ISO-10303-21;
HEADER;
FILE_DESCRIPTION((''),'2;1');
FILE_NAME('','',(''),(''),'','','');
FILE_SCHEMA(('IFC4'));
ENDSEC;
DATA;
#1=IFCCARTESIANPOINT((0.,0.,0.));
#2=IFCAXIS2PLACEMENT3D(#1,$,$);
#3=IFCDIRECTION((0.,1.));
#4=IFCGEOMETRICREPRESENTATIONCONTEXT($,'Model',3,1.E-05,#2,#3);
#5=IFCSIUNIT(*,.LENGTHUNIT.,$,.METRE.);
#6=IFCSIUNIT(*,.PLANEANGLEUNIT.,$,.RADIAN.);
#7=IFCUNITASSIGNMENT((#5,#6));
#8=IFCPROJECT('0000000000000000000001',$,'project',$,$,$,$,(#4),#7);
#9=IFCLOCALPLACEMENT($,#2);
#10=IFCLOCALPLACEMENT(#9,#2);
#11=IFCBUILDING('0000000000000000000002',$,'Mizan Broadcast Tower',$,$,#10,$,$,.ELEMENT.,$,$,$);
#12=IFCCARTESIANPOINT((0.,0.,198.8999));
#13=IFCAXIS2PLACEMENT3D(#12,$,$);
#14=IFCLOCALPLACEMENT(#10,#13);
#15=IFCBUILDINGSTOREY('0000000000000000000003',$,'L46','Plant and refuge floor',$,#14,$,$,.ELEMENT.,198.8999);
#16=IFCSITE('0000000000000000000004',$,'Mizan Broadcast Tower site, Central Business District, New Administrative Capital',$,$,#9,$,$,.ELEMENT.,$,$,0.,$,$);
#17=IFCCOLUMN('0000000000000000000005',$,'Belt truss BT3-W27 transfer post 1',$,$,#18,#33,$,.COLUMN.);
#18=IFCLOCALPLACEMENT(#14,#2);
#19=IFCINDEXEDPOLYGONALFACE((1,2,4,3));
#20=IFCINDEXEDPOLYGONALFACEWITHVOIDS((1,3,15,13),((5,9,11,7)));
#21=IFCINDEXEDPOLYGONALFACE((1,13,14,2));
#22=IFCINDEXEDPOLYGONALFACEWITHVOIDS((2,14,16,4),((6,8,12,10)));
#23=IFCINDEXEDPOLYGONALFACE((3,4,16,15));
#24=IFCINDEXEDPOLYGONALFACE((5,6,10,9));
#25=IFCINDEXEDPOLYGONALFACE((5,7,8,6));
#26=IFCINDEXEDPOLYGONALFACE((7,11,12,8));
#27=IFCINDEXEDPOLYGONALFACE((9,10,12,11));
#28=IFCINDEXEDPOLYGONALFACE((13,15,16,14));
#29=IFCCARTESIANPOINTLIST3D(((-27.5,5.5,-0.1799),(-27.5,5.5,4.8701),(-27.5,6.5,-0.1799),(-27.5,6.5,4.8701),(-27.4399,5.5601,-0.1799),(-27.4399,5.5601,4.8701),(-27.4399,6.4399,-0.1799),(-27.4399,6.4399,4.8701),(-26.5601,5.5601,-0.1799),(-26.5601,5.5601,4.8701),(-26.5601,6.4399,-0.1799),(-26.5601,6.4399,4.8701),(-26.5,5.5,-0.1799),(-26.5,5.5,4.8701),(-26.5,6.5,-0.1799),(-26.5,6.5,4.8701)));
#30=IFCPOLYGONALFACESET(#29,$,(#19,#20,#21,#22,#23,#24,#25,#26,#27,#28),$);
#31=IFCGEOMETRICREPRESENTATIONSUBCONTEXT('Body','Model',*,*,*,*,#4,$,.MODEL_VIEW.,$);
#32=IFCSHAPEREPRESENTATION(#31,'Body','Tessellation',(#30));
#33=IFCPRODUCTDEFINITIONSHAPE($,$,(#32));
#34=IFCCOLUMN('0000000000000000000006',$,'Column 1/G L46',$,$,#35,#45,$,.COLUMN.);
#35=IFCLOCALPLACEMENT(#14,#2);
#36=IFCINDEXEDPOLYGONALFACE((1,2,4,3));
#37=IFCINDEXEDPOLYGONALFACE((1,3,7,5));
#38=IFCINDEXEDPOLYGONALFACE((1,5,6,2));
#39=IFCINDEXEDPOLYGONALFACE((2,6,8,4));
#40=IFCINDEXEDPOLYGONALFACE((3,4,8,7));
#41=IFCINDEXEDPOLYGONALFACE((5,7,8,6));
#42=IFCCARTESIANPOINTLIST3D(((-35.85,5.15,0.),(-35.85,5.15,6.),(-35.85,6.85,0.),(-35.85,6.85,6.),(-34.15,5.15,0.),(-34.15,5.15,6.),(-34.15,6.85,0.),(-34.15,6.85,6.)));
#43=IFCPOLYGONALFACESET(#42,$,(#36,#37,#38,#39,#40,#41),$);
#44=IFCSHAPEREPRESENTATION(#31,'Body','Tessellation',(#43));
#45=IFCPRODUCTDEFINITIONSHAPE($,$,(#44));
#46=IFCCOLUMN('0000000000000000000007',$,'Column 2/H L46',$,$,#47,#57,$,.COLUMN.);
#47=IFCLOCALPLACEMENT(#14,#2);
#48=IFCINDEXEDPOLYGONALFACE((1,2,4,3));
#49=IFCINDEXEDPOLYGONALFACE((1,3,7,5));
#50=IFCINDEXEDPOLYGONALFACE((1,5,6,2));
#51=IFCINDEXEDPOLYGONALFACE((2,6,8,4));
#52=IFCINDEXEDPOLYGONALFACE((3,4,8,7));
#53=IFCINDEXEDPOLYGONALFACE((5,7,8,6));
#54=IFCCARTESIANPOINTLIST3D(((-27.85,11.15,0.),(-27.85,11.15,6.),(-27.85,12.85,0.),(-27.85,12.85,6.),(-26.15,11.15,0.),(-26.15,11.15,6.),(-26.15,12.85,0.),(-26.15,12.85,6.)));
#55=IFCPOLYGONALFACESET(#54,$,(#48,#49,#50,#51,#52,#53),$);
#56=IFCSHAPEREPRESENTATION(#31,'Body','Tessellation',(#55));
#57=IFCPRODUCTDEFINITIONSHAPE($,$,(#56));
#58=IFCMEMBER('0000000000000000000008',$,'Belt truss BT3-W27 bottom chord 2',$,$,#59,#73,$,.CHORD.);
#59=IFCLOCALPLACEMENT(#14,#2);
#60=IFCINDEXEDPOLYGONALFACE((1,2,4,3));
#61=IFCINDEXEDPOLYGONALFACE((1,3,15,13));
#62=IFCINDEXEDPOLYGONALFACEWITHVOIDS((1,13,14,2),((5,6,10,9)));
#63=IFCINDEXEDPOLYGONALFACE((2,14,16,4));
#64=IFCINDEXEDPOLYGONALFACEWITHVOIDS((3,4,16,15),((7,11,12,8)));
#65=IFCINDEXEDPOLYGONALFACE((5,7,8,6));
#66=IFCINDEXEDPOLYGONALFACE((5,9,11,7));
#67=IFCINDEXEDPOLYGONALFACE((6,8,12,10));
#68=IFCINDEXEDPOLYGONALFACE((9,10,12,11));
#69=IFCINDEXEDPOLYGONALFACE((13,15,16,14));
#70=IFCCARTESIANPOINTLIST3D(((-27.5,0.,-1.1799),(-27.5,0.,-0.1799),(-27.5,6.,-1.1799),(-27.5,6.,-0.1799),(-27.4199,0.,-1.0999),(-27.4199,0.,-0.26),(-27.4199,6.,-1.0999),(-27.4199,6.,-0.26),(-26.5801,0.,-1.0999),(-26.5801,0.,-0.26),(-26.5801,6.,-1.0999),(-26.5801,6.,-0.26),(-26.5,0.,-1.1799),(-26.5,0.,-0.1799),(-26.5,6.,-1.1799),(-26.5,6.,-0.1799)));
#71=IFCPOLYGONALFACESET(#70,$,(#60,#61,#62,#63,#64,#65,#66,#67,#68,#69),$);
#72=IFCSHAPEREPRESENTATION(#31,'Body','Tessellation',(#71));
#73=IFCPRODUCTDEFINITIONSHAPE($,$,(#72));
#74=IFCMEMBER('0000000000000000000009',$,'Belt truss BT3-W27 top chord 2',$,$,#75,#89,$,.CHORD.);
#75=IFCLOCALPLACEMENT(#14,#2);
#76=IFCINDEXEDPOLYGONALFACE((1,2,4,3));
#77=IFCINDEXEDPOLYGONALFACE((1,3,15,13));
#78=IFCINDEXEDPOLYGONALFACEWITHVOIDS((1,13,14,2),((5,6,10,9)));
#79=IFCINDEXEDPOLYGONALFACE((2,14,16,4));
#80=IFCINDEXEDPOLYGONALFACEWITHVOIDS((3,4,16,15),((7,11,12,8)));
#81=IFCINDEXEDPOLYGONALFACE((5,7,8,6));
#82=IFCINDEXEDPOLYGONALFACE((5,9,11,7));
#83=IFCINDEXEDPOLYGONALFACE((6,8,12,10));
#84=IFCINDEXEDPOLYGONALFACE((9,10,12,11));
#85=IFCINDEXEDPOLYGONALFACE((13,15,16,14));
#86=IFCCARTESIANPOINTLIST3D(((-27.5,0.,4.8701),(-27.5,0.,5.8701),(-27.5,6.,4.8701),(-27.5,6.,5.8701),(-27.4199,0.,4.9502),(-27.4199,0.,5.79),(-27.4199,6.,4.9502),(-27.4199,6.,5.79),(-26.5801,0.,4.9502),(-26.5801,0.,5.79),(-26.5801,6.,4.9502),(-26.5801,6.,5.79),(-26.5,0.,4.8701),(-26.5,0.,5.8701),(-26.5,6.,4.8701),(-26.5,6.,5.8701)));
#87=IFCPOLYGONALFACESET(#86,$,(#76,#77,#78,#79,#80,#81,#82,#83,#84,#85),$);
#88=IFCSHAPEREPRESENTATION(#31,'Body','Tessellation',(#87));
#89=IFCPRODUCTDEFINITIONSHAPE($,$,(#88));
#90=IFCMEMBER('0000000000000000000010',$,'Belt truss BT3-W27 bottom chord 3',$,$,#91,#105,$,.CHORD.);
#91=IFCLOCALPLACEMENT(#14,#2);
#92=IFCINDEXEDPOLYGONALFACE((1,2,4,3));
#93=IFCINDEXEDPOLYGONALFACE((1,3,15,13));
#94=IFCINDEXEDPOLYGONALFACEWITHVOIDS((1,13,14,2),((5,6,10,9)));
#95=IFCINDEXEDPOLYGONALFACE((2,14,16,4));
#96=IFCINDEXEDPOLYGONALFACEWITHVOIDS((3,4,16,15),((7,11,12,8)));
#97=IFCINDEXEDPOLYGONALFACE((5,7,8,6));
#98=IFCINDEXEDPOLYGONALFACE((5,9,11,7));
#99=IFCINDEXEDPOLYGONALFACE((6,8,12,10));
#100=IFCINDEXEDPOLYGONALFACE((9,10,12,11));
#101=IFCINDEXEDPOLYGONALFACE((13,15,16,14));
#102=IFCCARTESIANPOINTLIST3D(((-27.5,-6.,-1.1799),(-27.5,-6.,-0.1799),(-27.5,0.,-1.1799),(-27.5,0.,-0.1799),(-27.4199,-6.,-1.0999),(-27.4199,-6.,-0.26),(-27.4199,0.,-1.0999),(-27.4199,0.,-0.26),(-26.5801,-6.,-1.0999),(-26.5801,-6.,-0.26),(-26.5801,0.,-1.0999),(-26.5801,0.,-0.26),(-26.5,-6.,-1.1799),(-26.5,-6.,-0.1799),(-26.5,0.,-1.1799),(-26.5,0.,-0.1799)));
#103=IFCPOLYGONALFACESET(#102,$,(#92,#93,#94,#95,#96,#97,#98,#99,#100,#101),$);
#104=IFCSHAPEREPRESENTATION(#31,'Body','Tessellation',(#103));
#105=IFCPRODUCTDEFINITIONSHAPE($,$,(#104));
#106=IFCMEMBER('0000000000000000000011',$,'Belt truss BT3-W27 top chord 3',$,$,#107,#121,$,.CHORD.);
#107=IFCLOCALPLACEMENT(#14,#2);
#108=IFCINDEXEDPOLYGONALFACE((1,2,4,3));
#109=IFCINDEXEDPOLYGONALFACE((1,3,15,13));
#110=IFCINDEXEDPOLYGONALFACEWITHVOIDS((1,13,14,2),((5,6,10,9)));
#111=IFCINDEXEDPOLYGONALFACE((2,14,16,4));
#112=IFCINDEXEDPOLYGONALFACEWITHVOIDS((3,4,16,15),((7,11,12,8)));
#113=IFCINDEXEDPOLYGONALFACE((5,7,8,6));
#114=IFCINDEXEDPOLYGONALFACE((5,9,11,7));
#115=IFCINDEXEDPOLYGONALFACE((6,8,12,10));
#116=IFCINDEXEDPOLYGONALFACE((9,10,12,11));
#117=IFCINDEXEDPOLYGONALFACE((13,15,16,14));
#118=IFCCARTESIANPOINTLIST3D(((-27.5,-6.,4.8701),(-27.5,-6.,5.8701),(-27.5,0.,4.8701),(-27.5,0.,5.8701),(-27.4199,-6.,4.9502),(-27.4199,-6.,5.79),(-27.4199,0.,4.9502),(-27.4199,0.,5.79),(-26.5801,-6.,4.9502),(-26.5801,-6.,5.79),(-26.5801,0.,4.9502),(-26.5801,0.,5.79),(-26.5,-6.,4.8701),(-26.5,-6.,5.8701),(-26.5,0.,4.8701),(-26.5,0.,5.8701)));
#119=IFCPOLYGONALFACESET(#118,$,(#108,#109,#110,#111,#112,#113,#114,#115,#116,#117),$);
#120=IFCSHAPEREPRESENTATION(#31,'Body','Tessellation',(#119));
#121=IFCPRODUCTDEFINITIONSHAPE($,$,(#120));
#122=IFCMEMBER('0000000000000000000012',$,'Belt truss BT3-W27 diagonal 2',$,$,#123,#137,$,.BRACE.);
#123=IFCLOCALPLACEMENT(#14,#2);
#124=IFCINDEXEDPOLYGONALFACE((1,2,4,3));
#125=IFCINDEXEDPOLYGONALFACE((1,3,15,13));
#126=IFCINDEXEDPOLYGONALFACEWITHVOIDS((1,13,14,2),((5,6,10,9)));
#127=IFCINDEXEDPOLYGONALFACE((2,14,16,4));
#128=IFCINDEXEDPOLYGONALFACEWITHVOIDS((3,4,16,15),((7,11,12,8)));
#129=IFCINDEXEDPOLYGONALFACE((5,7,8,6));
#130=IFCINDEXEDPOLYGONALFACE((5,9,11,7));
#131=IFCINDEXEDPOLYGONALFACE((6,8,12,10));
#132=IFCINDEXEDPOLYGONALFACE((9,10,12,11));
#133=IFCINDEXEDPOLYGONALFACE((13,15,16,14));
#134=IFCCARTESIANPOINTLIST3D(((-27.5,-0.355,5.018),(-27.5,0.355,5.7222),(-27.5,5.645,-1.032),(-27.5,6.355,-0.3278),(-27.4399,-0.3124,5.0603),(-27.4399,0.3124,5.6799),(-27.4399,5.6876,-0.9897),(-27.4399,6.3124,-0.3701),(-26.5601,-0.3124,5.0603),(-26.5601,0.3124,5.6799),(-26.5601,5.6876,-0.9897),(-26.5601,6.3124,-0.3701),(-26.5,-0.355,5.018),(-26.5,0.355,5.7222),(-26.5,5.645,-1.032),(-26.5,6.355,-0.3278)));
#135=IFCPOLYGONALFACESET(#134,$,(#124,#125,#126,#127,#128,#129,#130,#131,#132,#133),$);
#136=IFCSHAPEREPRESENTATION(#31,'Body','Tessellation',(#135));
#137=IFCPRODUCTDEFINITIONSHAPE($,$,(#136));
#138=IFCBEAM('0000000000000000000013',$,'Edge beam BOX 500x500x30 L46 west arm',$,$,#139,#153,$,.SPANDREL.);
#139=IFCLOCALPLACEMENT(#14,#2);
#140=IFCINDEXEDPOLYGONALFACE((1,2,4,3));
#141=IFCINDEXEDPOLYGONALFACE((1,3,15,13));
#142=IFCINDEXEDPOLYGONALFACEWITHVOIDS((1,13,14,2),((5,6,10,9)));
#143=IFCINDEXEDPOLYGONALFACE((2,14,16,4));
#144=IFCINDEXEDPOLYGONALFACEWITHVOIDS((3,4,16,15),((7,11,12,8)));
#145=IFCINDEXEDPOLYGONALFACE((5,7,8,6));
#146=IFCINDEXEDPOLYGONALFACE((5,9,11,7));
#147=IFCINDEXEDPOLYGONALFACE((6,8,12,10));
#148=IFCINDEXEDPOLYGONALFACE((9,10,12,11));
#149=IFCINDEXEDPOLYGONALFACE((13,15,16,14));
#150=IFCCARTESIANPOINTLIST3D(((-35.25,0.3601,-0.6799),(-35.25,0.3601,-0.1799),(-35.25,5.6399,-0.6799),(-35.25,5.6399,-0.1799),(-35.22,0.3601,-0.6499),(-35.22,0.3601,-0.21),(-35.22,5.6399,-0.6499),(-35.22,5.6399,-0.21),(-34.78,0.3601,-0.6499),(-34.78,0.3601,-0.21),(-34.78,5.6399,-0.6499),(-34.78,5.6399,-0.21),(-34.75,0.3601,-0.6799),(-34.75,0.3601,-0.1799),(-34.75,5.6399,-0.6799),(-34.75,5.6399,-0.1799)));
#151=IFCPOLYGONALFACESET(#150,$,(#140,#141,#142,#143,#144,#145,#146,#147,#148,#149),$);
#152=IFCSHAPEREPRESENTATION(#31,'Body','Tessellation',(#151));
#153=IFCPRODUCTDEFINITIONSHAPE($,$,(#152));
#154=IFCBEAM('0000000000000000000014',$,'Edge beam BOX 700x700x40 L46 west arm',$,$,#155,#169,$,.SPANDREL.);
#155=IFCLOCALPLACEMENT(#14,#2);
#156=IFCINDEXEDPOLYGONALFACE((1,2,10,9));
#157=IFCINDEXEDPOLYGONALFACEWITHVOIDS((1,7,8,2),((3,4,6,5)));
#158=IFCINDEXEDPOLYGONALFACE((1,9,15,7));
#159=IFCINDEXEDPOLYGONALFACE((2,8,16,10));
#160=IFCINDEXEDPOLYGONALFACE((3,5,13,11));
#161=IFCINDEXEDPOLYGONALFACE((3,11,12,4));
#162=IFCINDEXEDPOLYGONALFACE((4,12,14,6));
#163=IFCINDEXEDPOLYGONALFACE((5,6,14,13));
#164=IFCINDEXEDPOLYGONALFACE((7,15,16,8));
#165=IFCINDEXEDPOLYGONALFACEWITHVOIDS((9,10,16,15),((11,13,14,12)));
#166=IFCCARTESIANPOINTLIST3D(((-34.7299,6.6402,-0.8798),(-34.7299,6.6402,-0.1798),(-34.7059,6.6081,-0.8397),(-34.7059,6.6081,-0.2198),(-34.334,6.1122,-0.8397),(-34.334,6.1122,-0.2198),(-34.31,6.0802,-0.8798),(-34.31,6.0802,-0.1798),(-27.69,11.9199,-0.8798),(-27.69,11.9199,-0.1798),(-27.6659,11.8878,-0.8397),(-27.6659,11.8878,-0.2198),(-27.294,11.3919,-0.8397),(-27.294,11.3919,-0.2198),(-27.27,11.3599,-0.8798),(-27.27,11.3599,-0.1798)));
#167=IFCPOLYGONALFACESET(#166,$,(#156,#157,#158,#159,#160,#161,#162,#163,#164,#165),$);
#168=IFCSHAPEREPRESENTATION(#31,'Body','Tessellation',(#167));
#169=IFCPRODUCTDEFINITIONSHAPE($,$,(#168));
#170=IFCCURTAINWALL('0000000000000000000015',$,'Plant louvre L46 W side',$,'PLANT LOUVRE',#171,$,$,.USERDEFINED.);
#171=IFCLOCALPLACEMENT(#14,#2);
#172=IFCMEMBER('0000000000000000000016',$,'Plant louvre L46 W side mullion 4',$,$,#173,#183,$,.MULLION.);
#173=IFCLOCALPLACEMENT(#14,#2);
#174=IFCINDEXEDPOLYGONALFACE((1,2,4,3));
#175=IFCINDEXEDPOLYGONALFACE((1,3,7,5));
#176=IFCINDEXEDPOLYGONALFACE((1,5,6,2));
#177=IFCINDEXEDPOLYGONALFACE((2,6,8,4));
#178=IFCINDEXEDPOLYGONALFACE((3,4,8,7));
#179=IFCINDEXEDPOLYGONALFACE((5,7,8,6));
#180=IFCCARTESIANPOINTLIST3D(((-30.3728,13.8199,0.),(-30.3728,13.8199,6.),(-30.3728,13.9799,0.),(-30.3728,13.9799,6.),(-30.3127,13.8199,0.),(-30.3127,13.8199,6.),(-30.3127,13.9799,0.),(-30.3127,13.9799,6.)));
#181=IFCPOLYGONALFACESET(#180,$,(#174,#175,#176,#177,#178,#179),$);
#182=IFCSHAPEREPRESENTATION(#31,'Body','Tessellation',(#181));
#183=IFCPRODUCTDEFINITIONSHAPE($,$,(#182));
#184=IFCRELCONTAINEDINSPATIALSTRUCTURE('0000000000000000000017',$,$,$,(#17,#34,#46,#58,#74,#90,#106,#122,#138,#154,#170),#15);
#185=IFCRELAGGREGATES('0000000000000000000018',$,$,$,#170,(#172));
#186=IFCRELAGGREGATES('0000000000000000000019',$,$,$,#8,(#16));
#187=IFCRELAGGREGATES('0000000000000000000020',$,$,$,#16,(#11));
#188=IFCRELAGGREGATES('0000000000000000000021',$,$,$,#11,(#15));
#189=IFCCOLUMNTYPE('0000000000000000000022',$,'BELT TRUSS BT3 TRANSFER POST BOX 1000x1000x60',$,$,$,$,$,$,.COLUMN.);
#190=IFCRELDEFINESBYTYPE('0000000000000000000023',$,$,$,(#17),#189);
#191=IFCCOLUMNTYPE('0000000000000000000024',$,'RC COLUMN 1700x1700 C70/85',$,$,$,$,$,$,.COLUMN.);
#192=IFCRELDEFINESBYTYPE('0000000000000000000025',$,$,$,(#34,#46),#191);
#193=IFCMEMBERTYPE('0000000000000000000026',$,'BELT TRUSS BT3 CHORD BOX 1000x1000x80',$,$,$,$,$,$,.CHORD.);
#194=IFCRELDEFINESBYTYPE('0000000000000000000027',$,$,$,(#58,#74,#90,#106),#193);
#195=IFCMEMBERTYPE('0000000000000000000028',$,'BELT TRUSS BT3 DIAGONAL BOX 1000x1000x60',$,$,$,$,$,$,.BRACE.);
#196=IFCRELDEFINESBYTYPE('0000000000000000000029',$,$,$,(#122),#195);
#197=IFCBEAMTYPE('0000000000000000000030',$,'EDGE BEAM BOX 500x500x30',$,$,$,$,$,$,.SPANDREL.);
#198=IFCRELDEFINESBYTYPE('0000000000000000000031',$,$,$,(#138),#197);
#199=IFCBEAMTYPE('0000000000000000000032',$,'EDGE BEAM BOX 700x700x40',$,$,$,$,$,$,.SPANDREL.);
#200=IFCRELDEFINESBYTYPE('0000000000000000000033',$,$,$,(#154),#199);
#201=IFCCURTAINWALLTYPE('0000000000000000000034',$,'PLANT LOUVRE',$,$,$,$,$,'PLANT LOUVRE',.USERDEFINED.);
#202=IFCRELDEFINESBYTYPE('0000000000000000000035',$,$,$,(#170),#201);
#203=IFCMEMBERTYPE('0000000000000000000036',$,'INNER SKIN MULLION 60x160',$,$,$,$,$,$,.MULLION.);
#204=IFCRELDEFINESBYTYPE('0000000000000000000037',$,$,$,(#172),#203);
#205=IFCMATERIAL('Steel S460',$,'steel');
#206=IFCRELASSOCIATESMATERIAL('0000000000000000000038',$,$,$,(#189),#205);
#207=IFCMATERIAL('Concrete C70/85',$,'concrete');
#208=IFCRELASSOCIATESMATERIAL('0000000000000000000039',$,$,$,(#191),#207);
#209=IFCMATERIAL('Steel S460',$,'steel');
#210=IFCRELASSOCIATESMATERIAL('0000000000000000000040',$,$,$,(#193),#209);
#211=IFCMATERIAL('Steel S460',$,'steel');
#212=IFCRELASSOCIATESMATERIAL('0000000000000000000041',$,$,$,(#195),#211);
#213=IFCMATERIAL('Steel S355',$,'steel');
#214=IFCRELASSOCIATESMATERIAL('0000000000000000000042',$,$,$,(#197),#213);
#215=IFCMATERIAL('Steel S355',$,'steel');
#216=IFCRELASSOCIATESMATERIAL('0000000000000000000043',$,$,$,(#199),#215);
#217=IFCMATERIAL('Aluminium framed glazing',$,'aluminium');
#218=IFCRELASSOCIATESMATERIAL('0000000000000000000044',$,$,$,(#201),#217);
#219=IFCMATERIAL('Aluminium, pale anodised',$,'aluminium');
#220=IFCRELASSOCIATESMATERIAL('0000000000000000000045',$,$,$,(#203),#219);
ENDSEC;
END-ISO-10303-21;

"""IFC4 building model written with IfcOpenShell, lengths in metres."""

from ifc_helpers import new_model, si_unit, direction, frame, origin, origin_2d, place, context, subcontext, project, spatial, rectangle, hollow_rectangle, extrude, material, material_profile, profile_set, type_object, element, aggregate, save


model = new_model("IFC4")

# Units and contexts
model_context = context("Model", 3, precision=1e-05, world=origin(), true_north=direction((0.0, 1.0)))
body_context = subcontext(model_context, "Body", "Model", "MODEL_VIEW")
ifc_project = project(units=[si_unit("LENGTHUNIT", "METRE"), si_unit("PLANEANGLEUNIT", "RADIAN")], contexts=[model_context])

# Site, building, storey
site_placement = place(None, origin())
site = spatial("IfcSite", under=ifc_project, at=site_placement, Name="Mizan Broadcast Tower site, Central Business District, New Administrative Capital", CompositionType="ELEMENT", RefElevation=0.0)
building_placement = place(site_placement, origin())
building = spatial("IfcBuilding", under=site, at=building_placement, Name="Mizan Broadcast Tower", CompositionType="ELEMENT")
storey_placement = place(building_placement, frame((0.0, 0.0, 198.8999)))
storey = spatial("IfcBuildingStorey", under=building, at=storey_placement, Name="L46", Description="Plant and refuge floor", CompositionType="ELEMENT", Elevation=198.8999)

# Columns
ifc_material_1 = material(Name="Steel S460", Category="steel")
ifc_material_profile_1 = material_profile(ifc_material_1, hollow_rectangle(XDim=1.0, YDim=1.0, WallThickness=0.0601, at=origin_2d()), Name="BOX 1000x1000x60")
ifc_profile_set_1 = profile_set([ifc_material_profile_1], Name="Steel S460")
column_type_1 = type_object("IfcColumnType", Name="BELT TRUSS BT3 TRANSFER POST BOX 1000x1000x60", PredefinedType="COLUMN", material=ifc_profile_set_1)
column_placement = place(storey_placement, frame((-27.0, 6.0, -0.1799), z_axis=(0.0, 0.0, 1.0), x_axis=(1.0, 0.0, 0.0)))
element("IfcColumn", 1, at=column_placement, inside=storey, type_object=column_type_1, Name="Belt truss BT3-W27 transfer post 1", PredefinedType="COLUMN", context=body_context, shape_type="SweptSolid", body=[
    extrude(hollow_rectangle(XDim=1.0, YDim=1.0, WallThickness=0.0601, at=origin_2d()), origin(), (0.0, 0.0, 1.0), 5.05),
])
ifc_material_2 = material(Name="Concrete C70/85", Category="concrete")
ifc_material_profile_2 = material_profile(ifc_material_2, rectangle(XDim=1.7, YDim=1.7, at=origin_2d()), Name="RC 1700x1700")
ifc_profile_set_2 = profile_set([ifc_material_profile_2], Name="Concrete C70/85")
column_type_2 = type_object("IfcColumnType", Name="RC COLUMN 1700x1700 C70/85", PredefinedType="COLUMN", material=ifc_profile_set_2)
for number, where, z_axis, x_axis, name in (
    (2, (-35.0, 6.0, 0.0), (0.0, 0.0, 1.0), (1.0, 0.0, 0.0), "Column 1/G L46"),
    (3, (-27.0, 12.0, 0.0), (0.0, 0.0, 1.0), (1.0, 0.0, 0.0), "Column 2/H L46"),
):
    element("IfcColumn", number, at=place(storey_placement, frame(where, z_axis=z_axis, x_axis=x_axis)), inside=storey, type_object=column_type_2, Name=name, PredefinedType="COLUMN", context=body_context, shape_type="SweptSolid", body=[
        extrude(rectangle(XDim=1.7, YDim=1.7, at=origin_2d()), origin(), (0.0, 0.0, 1.0), 6.0),
    ])

# Members
ifc_material_3 = material(Name="Steel S460", Category="steel")
ifc_material_profile_3 = material_profile(ifc_material_3, hollow_rectangle(XDim=1.0, YDim=1.0, WallThickness=0.0801, at=origin_2d()), Name="BOX 1000x1000x80")
ifc_profile_set_3 = profile_set([ifc_material_profile_3], Name="Steel S460")
member_type_1 = type_object("IfcMemberType", Name="BELT TRUSS BT3 CHORD BOX 1000x1000x80", PredefinedType="CHORD", material=ifc_profile_set_3)
for number, where, z_axis, x_axis, name in (
    (4, (-27.0, 6.0, -0.6799), (0.0, -1.0, 0.0), (1.0, 0.0, 0.0), "Belt truss BT3-W27 bottom chord 2"),
    (5, (-27.0, 6.0, 5.3701), (0.0, -1.0, 0.0), (1.0, 0.0, 0.0), "Belt truss BT3-W27 top chord 2"),
    (6, (-27.0, 0.0, -0.6799), (0.0, -1.0, 0.0), (1.0, 0.0, 0.0), "Belt truss BT3-W27 bottom chord 3"),
    (7, (-27.0, 0.0, 5.3701), (0.0, -1.0, 0.0), (1.0, 0.0, 0.0), "Belt truss BT3-W27 top chord 3"),
):
    element("IfcMember", number, at=place(storey_placement, frame(where, z_axis=z_axis, x_axis=x_axis)), inside=storey, type_object=member_type_1, Name=name, PredefinedType="CHORD", context=body_context, shape_type="SweptSolid", body=[
        extrude(hollow_rectangle(XDim=1.0, YDim=1.0, WallThickness=0.0801, at=origin_2d()), origin(), (0.0, 0.0, 1.0), 6.0),
    ])
ifc_material_4 = material(Name="Steel S460", Category="steel")
ifc_material_profile_4 = material_profile(ifc_material_4, hollow_rectangle(XDim=1.0, YDim=1.0, WallThickness=0.0601, at=origin_2d()), Name="BOX 1000x1000x60")
ifc_profile_set_4 = profile_set([ifc_material_profile_4], Name="Steel S460")
member_type_2 = type_object("IfcMemberType", Name="BELT TRUSS BT3 DIAGONAL BOX 1000x1000x60", PredefinedType="BRACE", material=ifc_profile_set_4)
member_1_placement = place(storey_placement, frame((-27.0, 6.0, -0.6799), z_axis=(0.0, -0.704164, 0.710038), x_axis=(1.0, 0.0, 0.0)))
element("IfcMember", 8, at=member_1_placement, inside=storey, type_object=member_type_2, Name="Belt truss BT3-W27 diagonal 2", PredefinedType="BRACE", context=body_context, shape_type="SweptSolid", body=[
    extrude(hollow_rectangle(XDim=1.0, YDim=1.0, WallThickness=0.0601, at=origin_2d()), origin(), (0.0, 0.0, 1.0), 8.5208),
])

# Beams
ifc_material_5 = material(Name="Steel S355", Category="steel")
ifc_material_profile_5 = material_profile(ifc_material_5, hollow_rectangle(XDim=0.5, YDim=0.5, WallThickness=0.03, at=origin_2d()), Name="BOX 500x500x30")
ifc_profile_set_5 = profile_set([ifc_material_profile_5], Name="Steel S355")
beam_type_1 = type_object("IfcBeamType", Name="EDGE BEAM BOX 500x500x30", PredefinedType="SPANDREL", material=ifc_profile_set_5)
beam_1_placement = place(storey_placement, frame((-35.0, 5.6399, -0.4299), z_axis=(0.0, -1.0, 0.0), x_axis=(1.0, 0.0, 0.0)))
element("IfcBeam", 9, at=beam_1_placement, inside=storey, type_object=beam_type_1, Name="Edge beam BOX 500x500x30 L46 west arm", PredefinedType="SPANDREL", context=body_context, shape_type="SweptSolid", body=[
    extrude(hollow_rectangle(XDim=0.5, YDim=0.5, WallThickness=0.03, at=origin_2d()), origin(), (0.0, 0.0, 1.0), 5.2798),
])
ifc_material_6 = material(Name="Steel S355", Category="steel")
ifc_material_profile_6 = material_profile(ifc_material_6, hollow_rectangle(XDim=0.7, YDim=0.7, WallThickness=0.04, at=origin_2d()), Name="BOX 700x700x40")
ifc_profile_set_6 = profile_set([ifc_material_profile_6], Name="Steel S355")
beam_type_2 = type_object("IfcBeamType", Name="EDGE BEAM BOX 700x700x40", PredefinedType="SPANDREL", material=ifc_profile_set_6)
beam_2_placement = place(storey_placement, frame((-27.48, 11.6399, -0.5298), z_axis=(-0.800013, -0.599982, 0.0), x_axis=(0.599982, -0.800013, 0.0)))
element("IfcBeam", 10, at=beam_2_placement, inside=storey, type_object=beam_type_2, Name="Edge beam BOX 700x700x40 L46 west arm", PredefinedType="SPANDREL", context=body_context, shape_type="SweptSolid", body=[
    extrude(hollow_rectangle(XDim=0.7, YDim=0.7, WallThickness=0.04, at=origin_2d()), origin(), (0.0, 0.0, 1.0), 8.7998),
])

# Curtain wall, member
ifc_material_7 = material(Name="Aluminium framed glazing", Category="aluminium")
curtain_wall_type = type_object("IfcCurtainWallType", Name="PLANT LOUVRE", ElementType="PLANT LOUVRE", PredefinedType="USERDEFINED", material=ifc_material_7)
curtain_wall_1_placement = place(storey_placement, origin())
curtain_wall_1 = element("IfcCurtainWall", 11, at=curtain_wall_1_placement, inside=storey, type_object=curtain_wall_type, Name="Plant louvre L46 W side", ObjectType="PLANT LOUVRE", PredefinedType="USERDEFINED")
ifc_material_8 = material(Name="Aluminium, pale anodised", Category="aluminium")
ifc_material_profile_7 = material_profile(ifc_material_8, rectangle(XDim=0.1599, YDim=0.0601, at=origin_2d()), Name="MULLION 160x60")
ifc_profile_set_7 = profile_set([ifc_material_profile_7], Name="Aluminium, pale anodised")
member_type_3 = type_object("IfcMemberType", Name="INNER SKIN MULLION 60x160", PredefinedType="MULLION", material=ifc_profile_set_7)
member_2_placement = place(storey_placement, frame((-30.3428, 13.8999, 0.0), z_axis=(0.0, 0.0, 1.0), x_axis=(0.0, -1.0, 0.0)))
member_2 = element("IfcMember", 12, at=member_2_placement, type_object=member_type_3, Name="Plant louvre L46 W side mullion 4", PredefinedType="MULLION", context=body_context, shape_type="SweptSolid", body=[
    extrude(rectangle(XDim=0.1599, YDim=0.0601, at=origin_2d()), origin(), (0.0, 0.0, 1.0), 6.0),
])

aggregate(curtain_wall_1, [member_2])

save(model, "model.ifc")
